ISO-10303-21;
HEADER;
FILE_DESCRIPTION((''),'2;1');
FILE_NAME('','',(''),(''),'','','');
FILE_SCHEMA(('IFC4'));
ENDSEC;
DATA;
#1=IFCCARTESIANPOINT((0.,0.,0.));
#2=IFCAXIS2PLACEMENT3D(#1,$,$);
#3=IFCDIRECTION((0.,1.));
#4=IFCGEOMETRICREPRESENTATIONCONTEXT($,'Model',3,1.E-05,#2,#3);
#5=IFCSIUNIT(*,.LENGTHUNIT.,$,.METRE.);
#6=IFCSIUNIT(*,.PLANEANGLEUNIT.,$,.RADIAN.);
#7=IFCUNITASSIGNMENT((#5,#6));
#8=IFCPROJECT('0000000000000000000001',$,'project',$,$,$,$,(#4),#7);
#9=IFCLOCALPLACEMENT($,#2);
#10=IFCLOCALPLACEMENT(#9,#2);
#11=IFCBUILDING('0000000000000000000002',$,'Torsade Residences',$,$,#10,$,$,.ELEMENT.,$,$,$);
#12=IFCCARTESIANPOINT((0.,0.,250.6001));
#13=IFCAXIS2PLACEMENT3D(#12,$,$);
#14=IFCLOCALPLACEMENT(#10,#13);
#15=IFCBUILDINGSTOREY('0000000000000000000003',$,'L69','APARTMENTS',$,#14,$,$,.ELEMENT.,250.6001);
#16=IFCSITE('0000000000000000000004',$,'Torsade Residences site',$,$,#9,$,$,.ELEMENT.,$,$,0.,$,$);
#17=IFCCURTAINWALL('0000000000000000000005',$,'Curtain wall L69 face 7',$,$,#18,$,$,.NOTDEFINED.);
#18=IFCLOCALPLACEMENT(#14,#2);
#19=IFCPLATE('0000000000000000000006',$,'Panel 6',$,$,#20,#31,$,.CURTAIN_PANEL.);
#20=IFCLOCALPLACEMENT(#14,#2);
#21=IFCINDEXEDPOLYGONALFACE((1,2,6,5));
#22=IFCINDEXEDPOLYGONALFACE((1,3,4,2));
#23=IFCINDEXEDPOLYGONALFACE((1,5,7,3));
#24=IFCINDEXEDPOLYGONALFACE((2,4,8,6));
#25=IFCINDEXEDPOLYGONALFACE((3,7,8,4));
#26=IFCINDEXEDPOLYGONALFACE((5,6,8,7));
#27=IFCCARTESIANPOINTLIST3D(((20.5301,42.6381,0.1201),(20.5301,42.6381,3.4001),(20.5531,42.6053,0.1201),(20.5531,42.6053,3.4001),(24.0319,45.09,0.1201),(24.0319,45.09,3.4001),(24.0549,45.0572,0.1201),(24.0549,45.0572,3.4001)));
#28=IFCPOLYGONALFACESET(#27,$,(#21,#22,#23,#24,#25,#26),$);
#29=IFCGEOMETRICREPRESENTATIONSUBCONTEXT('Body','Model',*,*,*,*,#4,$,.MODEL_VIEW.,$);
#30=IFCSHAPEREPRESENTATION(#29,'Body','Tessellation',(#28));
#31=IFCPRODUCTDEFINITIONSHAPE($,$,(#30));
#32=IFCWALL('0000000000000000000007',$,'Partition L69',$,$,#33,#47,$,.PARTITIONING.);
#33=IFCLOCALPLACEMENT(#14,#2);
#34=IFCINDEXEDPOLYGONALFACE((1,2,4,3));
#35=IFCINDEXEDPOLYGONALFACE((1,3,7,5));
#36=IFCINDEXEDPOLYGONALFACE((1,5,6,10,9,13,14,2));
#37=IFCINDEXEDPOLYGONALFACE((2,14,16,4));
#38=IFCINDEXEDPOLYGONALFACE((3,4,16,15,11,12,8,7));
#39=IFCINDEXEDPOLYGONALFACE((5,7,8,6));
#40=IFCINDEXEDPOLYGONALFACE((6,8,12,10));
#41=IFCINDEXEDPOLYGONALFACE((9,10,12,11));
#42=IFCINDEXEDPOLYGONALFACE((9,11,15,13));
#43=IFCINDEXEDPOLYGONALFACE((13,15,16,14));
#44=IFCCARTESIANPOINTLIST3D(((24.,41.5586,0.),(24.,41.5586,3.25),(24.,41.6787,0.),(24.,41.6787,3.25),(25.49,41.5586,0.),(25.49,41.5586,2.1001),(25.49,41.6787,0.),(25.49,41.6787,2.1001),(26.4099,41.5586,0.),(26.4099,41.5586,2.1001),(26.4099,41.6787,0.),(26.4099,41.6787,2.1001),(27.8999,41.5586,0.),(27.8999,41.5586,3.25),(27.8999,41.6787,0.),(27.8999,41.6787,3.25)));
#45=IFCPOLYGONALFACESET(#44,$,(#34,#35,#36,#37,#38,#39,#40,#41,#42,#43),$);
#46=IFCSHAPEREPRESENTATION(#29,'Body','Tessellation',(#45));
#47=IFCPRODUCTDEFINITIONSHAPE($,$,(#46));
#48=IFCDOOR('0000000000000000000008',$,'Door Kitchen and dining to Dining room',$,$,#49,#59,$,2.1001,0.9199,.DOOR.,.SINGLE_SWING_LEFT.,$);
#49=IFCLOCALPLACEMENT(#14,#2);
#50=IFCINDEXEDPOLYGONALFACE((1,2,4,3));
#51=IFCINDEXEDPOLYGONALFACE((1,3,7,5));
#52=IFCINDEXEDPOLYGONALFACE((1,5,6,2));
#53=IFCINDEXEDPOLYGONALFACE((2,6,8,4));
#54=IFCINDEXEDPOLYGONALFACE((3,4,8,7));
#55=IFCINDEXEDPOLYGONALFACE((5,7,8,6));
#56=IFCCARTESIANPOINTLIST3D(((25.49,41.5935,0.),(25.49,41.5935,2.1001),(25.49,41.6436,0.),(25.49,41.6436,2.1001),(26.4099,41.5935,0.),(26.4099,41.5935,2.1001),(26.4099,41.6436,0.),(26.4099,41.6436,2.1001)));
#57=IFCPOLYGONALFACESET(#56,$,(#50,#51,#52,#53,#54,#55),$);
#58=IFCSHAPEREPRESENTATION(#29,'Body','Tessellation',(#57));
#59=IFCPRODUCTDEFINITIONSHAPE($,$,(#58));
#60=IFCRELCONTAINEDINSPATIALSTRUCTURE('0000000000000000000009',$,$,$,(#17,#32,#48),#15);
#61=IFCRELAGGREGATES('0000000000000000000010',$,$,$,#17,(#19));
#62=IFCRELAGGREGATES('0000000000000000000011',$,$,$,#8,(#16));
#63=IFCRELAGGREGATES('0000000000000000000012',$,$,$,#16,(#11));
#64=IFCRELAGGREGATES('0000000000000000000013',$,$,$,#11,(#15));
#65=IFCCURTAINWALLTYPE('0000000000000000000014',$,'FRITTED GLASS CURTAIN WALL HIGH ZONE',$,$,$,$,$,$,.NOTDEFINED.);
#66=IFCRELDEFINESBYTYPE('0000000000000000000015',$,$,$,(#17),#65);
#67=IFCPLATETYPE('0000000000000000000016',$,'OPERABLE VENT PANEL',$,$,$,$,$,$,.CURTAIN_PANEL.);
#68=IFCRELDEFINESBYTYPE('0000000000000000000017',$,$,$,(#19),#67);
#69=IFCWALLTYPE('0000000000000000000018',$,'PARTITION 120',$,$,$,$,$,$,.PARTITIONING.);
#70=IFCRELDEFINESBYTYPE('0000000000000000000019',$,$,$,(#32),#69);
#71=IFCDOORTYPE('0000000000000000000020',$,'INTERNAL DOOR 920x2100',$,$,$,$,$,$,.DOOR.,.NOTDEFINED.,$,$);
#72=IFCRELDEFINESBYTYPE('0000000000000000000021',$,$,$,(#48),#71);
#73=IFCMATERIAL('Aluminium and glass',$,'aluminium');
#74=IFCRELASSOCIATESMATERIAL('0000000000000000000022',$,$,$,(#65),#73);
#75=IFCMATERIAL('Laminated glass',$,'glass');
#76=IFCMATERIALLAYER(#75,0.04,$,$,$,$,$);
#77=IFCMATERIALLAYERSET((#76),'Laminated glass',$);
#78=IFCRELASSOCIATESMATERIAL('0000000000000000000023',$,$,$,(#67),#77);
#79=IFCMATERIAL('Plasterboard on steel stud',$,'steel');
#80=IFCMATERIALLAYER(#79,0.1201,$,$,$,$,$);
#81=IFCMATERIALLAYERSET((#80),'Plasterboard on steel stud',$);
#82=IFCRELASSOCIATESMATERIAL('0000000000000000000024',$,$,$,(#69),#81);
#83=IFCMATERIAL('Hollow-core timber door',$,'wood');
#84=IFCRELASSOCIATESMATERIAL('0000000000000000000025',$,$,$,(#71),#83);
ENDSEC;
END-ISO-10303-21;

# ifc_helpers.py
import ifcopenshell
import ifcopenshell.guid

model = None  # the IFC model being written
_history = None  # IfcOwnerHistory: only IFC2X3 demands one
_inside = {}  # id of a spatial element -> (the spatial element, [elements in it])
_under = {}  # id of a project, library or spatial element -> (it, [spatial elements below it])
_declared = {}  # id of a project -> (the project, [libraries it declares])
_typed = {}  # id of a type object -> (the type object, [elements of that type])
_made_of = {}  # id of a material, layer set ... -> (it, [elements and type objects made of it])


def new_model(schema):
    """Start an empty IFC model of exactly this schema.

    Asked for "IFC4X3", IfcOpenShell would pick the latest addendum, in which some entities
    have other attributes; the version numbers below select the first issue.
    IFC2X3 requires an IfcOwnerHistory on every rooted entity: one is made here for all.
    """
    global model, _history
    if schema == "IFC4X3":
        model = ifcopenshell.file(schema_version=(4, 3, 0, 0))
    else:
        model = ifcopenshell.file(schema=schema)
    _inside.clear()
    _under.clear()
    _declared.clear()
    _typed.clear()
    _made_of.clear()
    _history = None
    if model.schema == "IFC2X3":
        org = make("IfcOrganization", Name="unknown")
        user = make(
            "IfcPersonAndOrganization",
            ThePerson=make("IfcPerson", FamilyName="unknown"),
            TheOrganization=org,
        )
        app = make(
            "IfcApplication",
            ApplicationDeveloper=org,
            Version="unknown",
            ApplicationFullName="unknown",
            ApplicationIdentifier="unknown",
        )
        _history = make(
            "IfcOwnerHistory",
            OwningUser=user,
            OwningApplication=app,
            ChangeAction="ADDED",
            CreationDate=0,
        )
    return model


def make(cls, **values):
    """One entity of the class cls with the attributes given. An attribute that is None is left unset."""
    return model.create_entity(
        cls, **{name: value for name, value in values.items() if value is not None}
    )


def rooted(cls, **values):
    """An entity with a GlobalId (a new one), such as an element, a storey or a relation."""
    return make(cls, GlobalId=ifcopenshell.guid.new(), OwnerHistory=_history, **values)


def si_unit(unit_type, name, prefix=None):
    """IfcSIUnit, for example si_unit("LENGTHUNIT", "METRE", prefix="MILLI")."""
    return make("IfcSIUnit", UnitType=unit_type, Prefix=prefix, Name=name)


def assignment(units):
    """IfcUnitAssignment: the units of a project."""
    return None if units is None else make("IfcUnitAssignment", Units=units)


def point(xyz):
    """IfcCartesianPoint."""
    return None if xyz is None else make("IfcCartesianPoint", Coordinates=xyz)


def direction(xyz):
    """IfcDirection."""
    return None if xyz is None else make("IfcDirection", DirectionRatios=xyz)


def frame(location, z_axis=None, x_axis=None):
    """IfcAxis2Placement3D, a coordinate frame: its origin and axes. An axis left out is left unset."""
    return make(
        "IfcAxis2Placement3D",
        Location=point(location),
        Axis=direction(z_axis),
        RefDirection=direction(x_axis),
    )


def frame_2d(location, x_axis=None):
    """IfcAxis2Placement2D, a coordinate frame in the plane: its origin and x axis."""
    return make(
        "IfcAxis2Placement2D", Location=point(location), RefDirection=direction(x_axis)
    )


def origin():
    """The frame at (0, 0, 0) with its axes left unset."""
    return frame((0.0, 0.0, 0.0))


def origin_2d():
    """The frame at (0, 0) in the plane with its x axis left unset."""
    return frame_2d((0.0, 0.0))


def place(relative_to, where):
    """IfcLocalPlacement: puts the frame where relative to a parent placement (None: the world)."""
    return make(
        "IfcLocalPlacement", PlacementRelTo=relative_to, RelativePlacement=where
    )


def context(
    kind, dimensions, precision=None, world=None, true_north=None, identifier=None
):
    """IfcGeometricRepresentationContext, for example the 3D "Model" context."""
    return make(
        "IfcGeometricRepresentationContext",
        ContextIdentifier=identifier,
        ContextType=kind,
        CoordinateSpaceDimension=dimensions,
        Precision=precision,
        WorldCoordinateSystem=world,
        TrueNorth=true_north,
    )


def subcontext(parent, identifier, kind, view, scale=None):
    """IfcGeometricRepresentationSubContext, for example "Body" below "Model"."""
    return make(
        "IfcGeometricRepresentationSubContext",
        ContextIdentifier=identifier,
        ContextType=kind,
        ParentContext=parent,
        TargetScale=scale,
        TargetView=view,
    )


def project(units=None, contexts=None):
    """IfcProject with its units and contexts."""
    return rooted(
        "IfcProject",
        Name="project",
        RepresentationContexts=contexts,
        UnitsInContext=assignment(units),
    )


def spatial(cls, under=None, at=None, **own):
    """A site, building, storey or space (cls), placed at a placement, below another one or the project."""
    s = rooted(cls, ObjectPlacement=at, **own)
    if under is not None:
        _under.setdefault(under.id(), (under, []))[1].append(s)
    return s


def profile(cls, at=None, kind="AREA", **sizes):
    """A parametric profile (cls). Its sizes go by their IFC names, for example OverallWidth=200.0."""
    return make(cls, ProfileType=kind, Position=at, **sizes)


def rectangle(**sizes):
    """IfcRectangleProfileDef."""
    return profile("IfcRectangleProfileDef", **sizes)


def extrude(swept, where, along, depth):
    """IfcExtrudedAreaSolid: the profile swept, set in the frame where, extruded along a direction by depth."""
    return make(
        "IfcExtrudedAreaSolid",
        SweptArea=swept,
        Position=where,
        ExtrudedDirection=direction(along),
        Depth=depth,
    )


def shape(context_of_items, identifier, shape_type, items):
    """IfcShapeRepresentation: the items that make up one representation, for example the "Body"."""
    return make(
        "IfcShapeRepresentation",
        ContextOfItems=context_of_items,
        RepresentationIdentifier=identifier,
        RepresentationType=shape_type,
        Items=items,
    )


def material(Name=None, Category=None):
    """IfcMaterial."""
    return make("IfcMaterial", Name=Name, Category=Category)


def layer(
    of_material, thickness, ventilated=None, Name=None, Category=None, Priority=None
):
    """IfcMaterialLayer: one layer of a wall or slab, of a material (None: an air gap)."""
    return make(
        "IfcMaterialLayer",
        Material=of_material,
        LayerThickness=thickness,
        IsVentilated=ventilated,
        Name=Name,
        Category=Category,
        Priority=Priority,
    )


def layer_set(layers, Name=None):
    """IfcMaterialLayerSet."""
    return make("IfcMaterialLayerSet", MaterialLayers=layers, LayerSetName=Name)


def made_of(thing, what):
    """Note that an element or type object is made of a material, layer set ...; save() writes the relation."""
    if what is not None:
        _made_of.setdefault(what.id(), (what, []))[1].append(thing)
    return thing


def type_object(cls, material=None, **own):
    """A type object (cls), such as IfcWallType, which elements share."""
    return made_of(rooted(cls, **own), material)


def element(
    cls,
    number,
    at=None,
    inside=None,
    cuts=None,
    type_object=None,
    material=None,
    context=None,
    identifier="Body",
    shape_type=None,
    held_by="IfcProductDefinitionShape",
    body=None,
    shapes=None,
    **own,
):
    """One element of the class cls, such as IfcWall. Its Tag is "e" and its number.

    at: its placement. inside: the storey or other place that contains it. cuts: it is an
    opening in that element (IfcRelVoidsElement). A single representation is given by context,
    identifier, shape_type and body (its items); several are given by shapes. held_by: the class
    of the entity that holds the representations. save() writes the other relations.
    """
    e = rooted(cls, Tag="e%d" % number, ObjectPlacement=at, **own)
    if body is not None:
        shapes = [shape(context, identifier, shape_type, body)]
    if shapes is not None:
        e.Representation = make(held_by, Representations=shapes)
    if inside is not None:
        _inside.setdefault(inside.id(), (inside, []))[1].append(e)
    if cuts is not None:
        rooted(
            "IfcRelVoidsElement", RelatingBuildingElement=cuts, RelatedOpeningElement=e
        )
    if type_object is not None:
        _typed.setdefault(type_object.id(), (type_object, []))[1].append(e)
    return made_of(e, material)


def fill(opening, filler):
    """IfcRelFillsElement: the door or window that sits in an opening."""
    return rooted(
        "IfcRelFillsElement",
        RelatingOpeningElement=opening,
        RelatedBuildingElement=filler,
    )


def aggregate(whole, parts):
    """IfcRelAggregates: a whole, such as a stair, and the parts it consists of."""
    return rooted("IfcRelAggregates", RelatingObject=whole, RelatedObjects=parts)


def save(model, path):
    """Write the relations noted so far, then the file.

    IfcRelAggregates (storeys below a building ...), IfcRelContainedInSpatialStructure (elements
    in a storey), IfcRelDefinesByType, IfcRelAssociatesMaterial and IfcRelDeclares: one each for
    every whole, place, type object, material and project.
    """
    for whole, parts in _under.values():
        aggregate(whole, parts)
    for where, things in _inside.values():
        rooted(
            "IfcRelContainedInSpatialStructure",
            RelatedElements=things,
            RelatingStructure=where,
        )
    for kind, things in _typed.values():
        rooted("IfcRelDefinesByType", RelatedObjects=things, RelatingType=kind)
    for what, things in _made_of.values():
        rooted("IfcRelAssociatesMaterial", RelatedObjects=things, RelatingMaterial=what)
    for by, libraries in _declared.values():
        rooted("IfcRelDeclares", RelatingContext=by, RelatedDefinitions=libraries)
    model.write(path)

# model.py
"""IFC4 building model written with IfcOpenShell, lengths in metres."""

from ifc_helpers import new_model, si_unit, direction, frame, frame_2d, origin, origin_2d, place, context, subcontext, project, spatial, rectangle, extrude, material, layer, layer_set, type_object, element, fill, aggregate, save


model = new_model("IFC4")

# Units and contexts
model_context = context("Model", 3, precision=1e-05, world=origin(), true_north=direction((0.0, 1.0)))
body_context = subcontext(model_context, "Body", "Model", "MODEL_VIEW")
ifc_project = project(units=[si_unit("LENGTHUNIT", "METRE"), si_unit("PLANEANGLEUNIT", "RADIAN")], contexts=[model_context])

# Site, building, storey
site_placement = place(None, origin())
site = spatial("IfcSite", under=ifc_project, at=site_placement, Name="Torsade Residences site", CompositionType="ELEMENT", RefElevation=0.0)
building_placement = place(site_placement, origin())
building = spatial("IfcBuilding", under=site, at=building_placement, Name="Torsade Residences", CompositionType="ELEMENT")
storey_placement = place(building_placement, frame((0.0, 0.0, 250.6001)))
storey = spatial("IfcBuildingStorey", under=building, at=storey_placement, Name="L69", Description="APARTMENTS", CompositionType="ELEMENT", Elevation=250.6001)

# Curtain wall
ifc_material_1 = material(Name="Aluminium and glass", Category="aluminium")
curtain_wall_type = type_object("IfcCurtainWallType", Name="FRITTED GLASS CURTAIN WALL HIGH ZONE", PredefinedType="NOTDEFINED", material=ifc_material_1)
curtain_wall_placement = place(storey_placement, origin())
curtain_wall = element("IfcCurtainWall", 1, at=curtain_wall_placement, inside=storey, type_object=curtain_wall_type, Name="Curtain wall L69 face 7", PredefinedType="NOTDEFINED")

# Plate
ifc_material_2 = material(Name="Laminated glass", Category="glass")
ifc_layer_1 = layer(ifc_material_2, 0.04)
ifc_layer_set_1 = layer_set([ifc_layer_1], Name="Laminated glass")
plate_type_1 = type_object("IfcPlateType", Name="OPERABLE VENT PANEL", PredefinedType="CURTAIN_PANEL", material=ifc_layer_set_1)
plate_1_placement = place(storey_placement, frame((22.2925, 43.8477, 0.1201), z_axis=(0.0, 0.0, 1.0), x_axis=(-0.819152, -0.573576, 0.0)))
plate_1 = element("IfcPlate", 2, at=plate_1_placement, type_object=plate_type_1, Name="Panel 6", PredefinedType="CURTAIN_PANEL", context=body_context, shape_type="SweptSolid", body=[
    extrude(rectangle(XDim=4.2749, YDim=0.04, at=origin_2d()), origin(), (0.0, 0.0, 1.0), 3.28),
])
aggregate(curtain_wall, [plate_1])

# Wall, opening, door
ifc_material_3 = material(Name="Plasterboard on steel stud", Category="steel")
ifc_layer_2 = layer(ifc_material_3, 0.1201)
ifc_layer_set_2 = layer_set([ifc_layer_2], Name="Plasterboard on steel stud")
wall_type = type_object("IfcWallType", Name="PARTITION 120", PredefinedType="PARTITIONING", material=ifc_layer_set_2)
wall_placement = place(storey_placement, frame((24.0, 41.6187, 0.0), z_axis=(0.0, 0.0, 1.0), x_axis=(1.0, 0.0, 0.0)))
wall = element("IfcWall", 3, at=wall_placement, inside=storey, type_object=wall_type, Name="Partition L69", PredefinedType="PARTITIONING", context=body_context, shape_type="SweptSolid", body=[
    extrude(rectangle(XDim=3.8999, YDim=0.1201, at=frame_2d((1.95, 0.0))), origin(), (0.0, 0.0, 1.0), 3.25),
])
opening_placement = place(wall_placement, frame((1.49, 0.0, 0.0)))
opening = element("IfcOpeningElement", 4, at=opening_placement, cuts=wall, PredefinedType="OPENING", context=body_context, shape_type="SweptSolid", body=[
    extrude(rectangle(XDim=0.9199, YDim=2.1001, at=frame_2d((0.46, 1.05))), frame((0.0, 0.0701, 0.0), z_axis=(0.0, -1.0, 0.0), x_axis=(1.0, 0.0, 0.0)), (0.0, 0.0, 1.0), 0.1401),
])
ifc_material_4 = material(Name="Hollow-core timber door", Category="wood")
door_type = type_object("IfcDoorType", Name="INTERNAL DOOR 920x2100", OperationType="NOTDEFINED", PredefinedType="DOOR", material=ifc_material_4)
door_placement = place(opening_placement, origin())
door = element("IfcDoor", 5, at=door_placement, inside=storey, type_object=door_type, Name="Door Kitchen and dining to Dining room", OperationType="SINGLE_SWING_LEFT", OverallHeight=2.1001, OverallWidth=0.9199, PredefinedType="DOOR", context=body_context, shape_type="SweptSolid", body=[
    extrude(rectangle(XDim=0.9199, YDim=2.1001, at=frame_2d((0.46, 1.05))), frame((0.0, 0.0249, 0.0), z_axis=(0.0, -1.0, 0.0), x_axis=(1.0, 0.0, 0.0)), (0.0, 0.0, 1.0), 0.05),
])
fill(opening, door)

save(model, "model.ifc")
